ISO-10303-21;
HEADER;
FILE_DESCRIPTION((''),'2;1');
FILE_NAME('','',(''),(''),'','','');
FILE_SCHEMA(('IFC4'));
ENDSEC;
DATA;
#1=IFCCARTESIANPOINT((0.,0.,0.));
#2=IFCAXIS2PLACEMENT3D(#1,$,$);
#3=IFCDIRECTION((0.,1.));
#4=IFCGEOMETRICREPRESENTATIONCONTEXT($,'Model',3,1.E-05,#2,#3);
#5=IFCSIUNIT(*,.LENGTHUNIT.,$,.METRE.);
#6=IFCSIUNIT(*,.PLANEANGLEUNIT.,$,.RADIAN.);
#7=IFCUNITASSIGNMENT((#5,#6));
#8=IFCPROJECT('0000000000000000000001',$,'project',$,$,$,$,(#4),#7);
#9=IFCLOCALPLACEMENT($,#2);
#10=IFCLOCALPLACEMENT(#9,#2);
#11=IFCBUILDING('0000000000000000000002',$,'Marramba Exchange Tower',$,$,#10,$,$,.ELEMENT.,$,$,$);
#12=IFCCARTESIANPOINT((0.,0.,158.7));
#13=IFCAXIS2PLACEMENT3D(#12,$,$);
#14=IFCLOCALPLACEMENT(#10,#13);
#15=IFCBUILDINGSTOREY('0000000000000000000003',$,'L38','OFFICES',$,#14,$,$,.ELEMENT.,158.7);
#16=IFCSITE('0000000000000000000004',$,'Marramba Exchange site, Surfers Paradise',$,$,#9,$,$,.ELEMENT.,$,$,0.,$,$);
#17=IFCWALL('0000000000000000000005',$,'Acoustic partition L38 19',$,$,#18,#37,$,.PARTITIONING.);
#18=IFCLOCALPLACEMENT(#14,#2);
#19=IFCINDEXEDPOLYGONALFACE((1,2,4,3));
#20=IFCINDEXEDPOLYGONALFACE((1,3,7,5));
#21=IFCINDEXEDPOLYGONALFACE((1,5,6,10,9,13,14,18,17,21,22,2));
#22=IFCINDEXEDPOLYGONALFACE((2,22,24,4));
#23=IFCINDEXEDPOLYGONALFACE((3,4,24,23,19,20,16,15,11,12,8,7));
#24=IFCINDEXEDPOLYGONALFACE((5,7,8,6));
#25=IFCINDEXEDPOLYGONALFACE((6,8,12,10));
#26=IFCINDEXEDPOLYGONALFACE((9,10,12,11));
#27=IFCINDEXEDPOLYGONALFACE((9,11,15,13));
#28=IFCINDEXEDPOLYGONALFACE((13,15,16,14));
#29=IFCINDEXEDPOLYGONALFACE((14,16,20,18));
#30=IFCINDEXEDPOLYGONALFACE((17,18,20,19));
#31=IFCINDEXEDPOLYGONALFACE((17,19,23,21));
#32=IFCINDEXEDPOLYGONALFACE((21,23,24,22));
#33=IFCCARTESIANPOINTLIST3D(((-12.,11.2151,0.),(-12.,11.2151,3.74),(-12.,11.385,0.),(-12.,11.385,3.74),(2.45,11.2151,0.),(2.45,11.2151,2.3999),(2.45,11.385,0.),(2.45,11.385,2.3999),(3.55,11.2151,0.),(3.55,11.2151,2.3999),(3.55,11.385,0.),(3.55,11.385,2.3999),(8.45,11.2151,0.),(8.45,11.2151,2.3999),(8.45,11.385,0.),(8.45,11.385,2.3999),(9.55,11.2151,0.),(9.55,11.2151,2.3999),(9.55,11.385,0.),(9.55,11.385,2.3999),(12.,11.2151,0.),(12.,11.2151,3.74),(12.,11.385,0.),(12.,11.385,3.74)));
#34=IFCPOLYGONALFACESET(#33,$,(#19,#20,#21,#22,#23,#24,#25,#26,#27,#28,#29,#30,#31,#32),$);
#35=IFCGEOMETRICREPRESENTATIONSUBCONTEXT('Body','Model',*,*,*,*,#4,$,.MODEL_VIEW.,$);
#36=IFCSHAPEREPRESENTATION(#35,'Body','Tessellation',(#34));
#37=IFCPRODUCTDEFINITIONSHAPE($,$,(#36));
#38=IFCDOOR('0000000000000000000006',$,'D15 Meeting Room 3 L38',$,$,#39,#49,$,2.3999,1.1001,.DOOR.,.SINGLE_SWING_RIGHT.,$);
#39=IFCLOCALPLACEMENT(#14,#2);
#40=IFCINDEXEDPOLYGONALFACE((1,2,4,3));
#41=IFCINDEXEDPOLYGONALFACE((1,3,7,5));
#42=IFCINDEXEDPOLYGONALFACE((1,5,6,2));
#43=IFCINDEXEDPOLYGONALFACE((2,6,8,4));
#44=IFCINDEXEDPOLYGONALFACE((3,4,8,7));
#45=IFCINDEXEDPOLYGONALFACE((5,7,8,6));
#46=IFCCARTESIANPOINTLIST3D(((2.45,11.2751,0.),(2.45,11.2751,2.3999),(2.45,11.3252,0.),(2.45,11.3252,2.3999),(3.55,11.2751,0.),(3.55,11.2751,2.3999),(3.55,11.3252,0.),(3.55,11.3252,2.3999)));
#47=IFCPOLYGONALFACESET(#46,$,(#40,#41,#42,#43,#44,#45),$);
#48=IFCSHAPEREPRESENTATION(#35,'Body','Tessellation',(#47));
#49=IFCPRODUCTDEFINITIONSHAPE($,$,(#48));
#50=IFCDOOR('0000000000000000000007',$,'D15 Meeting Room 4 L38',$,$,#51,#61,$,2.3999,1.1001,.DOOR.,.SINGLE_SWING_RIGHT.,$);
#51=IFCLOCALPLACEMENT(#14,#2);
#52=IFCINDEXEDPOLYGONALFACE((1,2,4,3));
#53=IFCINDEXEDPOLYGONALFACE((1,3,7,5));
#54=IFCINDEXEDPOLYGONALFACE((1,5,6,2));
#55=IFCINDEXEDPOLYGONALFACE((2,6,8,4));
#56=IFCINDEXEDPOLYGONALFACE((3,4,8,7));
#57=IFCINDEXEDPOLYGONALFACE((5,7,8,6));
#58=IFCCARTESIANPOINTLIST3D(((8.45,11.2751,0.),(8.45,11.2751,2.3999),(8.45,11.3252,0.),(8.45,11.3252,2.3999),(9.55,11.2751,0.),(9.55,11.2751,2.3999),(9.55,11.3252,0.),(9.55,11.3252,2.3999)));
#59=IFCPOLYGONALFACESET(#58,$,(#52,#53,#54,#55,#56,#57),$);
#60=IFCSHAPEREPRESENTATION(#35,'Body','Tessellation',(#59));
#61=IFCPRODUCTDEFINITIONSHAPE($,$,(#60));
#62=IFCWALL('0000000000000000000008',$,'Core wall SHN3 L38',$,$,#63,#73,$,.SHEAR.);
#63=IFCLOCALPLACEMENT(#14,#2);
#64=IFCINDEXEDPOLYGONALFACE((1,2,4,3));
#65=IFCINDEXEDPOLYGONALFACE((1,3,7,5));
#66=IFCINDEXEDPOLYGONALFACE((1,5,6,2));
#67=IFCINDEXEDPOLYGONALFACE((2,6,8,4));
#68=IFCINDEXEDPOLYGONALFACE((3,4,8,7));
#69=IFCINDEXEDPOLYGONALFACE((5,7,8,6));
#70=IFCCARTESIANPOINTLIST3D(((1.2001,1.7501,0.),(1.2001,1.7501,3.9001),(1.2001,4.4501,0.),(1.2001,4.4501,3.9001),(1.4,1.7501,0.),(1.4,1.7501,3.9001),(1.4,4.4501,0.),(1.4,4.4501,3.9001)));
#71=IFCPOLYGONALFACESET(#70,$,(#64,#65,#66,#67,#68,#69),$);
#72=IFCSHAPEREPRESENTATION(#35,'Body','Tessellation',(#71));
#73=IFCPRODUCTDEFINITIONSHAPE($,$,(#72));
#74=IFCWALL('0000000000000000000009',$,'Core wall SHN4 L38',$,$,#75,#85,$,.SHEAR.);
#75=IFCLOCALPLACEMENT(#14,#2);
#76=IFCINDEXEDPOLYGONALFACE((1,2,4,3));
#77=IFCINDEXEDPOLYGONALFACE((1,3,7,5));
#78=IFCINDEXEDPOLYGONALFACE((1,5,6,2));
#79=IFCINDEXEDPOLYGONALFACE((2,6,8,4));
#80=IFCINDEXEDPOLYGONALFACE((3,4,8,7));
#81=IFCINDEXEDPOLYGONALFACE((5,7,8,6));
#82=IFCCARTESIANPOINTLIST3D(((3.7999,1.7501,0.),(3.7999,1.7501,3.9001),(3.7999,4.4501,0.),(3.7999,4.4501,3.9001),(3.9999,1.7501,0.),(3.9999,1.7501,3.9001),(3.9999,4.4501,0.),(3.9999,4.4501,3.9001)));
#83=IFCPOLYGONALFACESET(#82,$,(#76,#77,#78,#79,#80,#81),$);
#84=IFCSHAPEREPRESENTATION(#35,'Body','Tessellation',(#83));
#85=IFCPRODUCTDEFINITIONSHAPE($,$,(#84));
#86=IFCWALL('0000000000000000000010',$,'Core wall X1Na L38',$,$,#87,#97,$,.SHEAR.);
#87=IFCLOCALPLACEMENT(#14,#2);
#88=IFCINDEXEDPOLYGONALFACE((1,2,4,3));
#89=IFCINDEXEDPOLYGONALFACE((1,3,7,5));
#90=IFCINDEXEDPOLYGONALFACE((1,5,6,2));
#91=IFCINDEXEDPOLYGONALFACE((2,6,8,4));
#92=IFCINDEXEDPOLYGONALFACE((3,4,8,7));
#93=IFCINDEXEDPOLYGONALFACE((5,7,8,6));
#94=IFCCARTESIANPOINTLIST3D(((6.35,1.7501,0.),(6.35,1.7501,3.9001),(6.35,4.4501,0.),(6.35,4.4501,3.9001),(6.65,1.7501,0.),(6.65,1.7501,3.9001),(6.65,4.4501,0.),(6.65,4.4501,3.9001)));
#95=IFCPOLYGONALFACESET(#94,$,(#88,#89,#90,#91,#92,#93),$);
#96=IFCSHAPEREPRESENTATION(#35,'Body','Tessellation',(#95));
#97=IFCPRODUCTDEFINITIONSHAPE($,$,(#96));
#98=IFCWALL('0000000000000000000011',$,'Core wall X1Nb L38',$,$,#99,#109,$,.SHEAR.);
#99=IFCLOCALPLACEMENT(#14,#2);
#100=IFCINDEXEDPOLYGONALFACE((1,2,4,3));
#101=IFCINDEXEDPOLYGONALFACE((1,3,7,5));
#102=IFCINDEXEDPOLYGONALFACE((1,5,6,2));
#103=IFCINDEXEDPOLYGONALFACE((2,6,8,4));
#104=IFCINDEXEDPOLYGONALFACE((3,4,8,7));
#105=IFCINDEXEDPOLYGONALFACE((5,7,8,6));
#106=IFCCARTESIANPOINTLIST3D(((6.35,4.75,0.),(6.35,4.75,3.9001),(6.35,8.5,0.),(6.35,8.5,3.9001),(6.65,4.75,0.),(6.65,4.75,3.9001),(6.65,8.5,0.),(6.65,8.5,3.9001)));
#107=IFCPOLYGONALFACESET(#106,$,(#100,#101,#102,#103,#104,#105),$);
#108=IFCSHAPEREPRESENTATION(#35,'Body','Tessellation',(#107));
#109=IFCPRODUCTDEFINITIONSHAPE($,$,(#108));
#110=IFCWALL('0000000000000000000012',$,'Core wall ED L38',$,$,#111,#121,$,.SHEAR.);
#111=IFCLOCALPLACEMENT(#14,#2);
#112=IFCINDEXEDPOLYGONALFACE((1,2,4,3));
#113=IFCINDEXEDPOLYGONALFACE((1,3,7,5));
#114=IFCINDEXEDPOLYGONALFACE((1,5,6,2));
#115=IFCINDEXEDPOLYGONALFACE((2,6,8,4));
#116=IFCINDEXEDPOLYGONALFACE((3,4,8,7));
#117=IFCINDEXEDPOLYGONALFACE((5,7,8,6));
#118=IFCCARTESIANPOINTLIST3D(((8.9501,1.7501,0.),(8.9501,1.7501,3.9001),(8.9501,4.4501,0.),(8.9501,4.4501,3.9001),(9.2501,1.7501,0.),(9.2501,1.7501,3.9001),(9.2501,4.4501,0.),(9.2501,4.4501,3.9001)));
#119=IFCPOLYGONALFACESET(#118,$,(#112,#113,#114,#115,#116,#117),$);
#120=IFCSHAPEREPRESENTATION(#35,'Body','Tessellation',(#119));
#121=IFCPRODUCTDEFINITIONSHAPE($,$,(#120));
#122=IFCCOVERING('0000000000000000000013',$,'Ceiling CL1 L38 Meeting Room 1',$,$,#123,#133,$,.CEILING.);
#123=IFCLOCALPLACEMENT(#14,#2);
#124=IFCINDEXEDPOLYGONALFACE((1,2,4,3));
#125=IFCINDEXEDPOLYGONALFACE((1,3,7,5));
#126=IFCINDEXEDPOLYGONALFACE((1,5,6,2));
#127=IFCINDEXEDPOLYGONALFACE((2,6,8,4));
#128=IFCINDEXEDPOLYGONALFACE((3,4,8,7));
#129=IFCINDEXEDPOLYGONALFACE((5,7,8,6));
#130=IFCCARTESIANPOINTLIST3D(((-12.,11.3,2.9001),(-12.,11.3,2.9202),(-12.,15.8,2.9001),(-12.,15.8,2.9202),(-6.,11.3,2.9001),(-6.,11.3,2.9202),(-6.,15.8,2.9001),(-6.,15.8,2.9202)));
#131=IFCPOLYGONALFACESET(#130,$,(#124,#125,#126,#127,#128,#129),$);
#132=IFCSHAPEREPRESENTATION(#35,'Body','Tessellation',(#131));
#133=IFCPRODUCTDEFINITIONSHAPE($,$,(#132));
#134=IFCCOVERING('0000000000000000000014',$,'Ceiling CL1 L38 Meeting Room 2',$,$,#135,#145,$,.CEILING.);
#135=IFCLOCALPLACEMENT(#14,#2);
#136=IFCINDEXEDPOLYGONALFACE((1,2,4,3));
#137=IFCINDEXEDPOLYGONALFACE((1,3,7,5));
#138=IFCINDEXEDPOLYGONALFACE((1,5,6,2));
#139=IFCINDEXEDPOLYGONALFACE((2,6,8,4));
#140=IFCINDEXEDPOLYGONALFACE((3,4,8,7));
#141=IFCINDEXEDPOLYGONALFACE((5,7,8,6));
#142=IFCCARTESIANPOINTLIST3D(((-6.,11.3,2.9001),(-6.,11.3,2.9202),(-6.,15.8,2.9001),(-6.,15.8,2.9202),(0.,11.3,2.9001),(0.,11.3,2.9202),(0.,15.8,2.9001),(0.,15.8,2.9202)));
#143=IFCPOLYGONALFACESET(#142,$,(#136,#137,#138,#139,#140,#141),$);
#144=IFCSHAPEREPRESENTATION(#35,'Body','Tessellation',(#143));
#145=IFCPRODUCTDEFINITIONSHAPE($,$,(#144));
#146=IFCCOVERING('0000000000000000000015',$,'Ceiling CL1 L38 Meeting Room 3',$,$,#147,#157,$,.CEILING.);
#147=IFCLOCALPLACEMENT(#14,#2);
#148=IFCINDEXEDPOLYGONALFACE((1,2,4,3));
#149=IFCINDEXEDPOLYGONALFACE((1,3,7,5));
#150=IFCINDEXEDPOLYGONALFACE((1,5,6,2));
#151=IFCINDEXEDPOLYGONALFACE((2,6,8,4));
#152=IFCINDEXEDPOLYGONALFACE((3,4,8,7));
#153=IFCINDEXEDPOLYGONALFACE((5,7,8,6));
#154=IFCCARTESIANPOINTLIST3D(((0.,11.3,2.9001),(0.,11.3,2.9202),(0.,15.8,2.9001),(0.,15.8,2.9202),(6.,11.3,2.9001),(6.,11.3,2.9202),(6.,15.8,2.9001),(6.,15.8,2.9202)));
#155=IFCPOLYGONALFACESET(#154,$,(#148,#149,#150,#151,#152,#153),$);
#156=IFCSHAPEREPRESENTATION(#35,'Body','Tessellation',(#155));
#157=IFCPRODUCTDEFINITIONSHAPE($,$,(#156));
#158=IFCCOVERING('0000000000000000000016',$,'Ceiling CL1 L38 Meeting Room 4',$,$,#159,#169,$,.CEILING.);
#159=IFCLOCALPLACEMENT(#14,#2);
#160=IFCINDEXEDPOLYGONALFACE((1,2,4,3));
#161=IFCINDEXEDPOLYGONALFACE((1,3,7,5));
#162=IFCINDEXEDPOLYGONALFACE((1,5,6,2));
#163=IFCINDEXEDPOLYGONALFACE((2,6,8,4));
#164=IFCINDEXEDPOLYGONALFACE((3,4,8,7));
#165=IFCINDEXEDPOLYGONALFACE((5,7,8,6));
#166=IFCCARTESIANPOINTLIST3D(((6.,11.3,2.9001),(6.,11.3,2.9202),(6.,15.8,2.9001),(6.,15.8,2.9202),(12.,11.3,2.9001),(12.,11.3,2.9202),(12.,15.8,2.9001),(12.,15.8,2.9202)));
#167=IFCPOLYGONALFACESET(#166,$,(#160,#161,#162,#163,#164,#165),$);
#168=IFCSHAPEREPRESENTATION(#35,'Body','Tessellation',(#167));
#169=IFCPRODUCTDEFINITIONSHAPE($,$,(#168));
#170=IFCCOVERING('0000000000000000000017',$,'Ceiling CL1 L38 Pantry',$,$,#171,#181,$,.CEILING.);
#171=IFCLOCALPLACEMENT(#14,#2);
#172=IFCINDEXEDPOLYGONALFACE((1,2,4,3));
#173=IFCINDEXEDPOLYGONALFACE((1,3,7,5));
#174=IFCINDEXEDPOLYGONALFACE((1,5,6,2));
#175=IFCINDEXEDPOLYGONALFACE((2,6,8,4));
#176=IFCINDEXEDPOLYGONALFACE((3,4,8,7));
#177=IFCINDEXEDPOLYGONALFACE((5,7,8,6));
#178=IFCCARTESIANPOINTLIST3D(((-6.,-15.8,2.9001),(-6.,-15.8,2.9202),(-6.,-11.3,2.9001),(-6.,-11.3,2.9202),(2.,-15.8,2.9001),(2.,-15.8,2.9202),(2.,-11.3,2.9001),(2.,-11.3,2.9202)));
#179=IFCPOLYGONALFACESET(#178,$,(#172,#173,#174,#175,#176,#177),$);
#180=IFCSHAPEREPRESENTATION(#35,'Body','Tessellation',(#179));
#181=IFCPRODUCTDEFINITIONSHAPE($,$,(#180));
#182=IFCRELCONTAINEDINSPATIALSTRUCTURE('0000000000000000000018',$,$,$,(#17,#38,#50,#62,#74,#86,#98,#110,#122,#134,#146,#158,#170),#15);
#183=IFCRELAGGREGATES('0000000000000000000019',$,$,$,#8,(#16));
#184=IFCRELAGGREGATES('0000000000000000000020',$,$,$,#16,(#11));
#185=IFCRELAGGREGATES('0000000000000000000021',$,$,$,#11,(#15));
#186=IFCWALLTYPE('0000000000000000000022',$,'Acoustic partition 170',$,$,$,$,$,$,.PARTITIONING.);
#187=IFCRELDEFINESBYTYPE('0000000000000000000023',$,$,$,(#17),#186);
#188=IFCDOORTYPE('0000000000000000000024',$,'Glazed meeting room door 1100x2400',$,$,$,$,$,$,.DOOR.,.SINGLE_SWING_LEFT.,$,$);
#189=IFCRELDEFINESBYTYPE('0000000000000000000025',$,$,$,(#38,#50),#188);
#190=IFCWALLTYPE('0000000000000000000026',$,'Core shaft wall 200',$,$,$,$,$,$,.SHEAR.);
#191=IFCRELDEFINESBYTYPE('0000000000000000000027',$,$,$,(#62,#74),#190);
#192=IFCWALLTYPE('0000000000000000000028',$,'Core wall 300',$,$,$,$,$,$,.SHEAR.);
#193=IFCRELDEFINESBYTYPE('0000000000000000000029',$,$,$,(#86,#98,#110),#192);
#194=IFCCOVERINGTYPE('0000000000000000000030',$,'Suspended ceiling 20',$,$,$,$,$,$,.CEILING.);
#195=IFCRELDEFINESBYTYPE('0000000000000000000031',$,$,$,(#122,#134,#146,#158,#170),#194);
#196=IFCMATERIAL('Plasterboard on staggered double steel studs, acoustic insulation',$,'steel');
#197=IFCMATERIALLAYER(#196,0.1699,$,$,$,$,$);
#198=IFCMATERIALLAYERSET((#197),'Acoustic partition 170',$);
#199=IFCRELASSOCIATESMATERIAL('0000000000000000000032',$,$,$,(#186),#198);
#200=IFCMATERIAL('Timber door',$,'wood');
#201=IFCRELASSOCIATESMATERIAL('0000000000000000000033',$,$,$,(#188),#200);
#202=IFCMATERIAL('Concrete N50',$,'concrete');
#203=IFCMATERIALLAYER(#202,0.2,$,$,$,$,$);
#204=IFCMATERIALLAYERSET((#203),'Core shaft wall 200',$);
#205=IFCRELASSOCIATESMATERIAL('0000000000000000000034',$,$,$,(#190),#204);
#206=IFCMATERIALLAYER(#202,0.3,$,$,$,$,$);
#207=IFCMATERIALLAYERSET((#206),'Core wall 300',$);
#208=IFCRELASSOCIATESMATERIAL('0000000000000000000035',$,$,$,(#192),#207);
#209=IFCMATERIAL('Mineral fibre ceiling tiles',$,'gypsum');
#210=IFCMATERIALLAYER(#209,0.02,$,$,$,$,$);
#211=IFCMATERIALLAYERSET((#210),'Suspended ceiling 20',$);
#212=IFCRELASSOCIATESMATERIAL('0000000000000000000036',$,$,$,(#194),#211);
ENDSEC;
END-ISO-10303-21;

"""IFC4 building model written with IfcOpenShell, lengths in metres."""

from ifc_helpers import new_model, si_unit, direction, frame, frame_2d, origin, place, context, subcontext, project, spatial, polyline, rectangle, outline, extrude, material, layer, layer_set, type_object, element, fill, save


model = new_model("IFC4")

# Units and contexts
model_context = context("Model", 3, precision=1e-05, world=origin(), true_north=direction((0.0, 1.0)))
body_context = subcontext(model_context, "Body", "Model", "MODEL_VIEW")
ifc_project = project(units=[si_unit("LENGTHUNIT", "METRE"), si_unit("PLANEANGLEUNIT", "RADIAN")], contexts=[model_context])

# Site, building, storey
site_placement = place(None, origin())
site = spatial("IfcSite", under=ifc_project, at=site_placement, Name="Marramba Exchange site, Surfers Paradise", CompositionType="ELEMENT", RefElevation=0.0)
building_placement = place(site_placement, origin())
building = spatial("IfcBuilding", under=site, at=building_placement, Name="Marramba Exchange Tower", CompositionType="ELEMENT")
storey_placement = place(building_placement, frame((0.0, 0.0, 158.7)))
storey = spatial("IfcBuildingStorey", under=building, at=storey_placement, Name="L38", Description="OFFICES", CompositionType="ELEMENT", Elevation=158.7)

# Shared definitions
ifc_material_1 = material(Name="Plasterboard on staggered double steel studs, acoustic insulation", Category="steel")
ifc_layer_1 = layer(ifc_material_1, 0.1699)
ifc_layer_set_1 = layer_set([ifc_layer_1], Name="Acoustic partition 170")
wall_type_1 = type_object("IfcWallType", Name="Acoustic partition 170", PredefinedType="PARTITIONING", material=ifc_layer_set_1)

# Wall, openings, doors
wall_1_placement = place(storey_placement, frame((12.0, 11.3, 0.0), z_axis=(0.0, 0.0, 1.0), x_axis=(-1.0, 0.0, 0.0)))
wall_1 = element("IfcWall", 1, at=wall_1_placement, inside=storey, type_object=wall_type_1, Name="Acoustic partition L38 19", PredefinedType="PARTITIONING", context=body_context, shape_type="SweptSolid", body=[
    extrude(rectangle(XDim=24.0, YDim=0.1699, at=frame_2d((12.0, 0.0))), origin(), (0.0, 0.0, 1.0), 3.74),
])
opening_1_placement = place(wall_1_placement, frame((8.45, 0.0, 0.0)))
opening_1 = element("IfcOpeningElement", 2, at=opening_1_placement, cuts=wall_1, PredefinedType="OPENING", context=body_context, shape_type="SweptSolid", body=[
    extrude(rectangle(XDim=1.1001, YDim=2.3999, at=frame_2d((0.55, 1.2))), frame((0.0, 0.095, 0.0), z_axis=(0.0, -1.0, 0.0), x_axis=(1.0, 0.0, 0.0)), (0.0, 0.0, 1.0), 0.1899),
])
opening_2_placement = place(wall_1_placement, frame((2.45, 0.0, 0.0)))
opening_2 = element("IfcOpeningElement", 3, at=opening_2_placement, cuts=wall_1, PredefinedType="OPENING", context=body_context, shape_type="SweptSolid", body=[
    extrude(rectangle(XDim=1.1001, YDim=2.3999, at=frame_2d((0.55, 1.2))), frame((0.0, 0.095, 0.0), z_axis=(0.0, -1.0, 0.0), x_axis=(1.0, 0.0, 0.0)), (0.0, 0.0, 1.0), 0.1899),
])
ifc_material_2 = material(Name="Timber door", Category="wood")
door_type_1 = type_object("IfcDoorType", Name="Glazed meeting room door 1100x2400", OperationType="SINGLE_SWING_LEFT", PredefinedType="DOOR", material=ifc_material_2)
door_1_placement = place(opening_1_placement, frame((1.1001, 0.0, 0.0), z_axis=(0.0, 0.0, 1.0), x_axis=(-1.0, 0.0, 0.0)))
door_1 = element("IfcDoor", 4, at=door_1_placement, inside=storey, type_object=door_type_1, Name="D15 Meeting Room 3 L38", OperationType="SINGLE_SWING_RIGHT", OverallHeight=2.3999, OverallWidth=1.1001, PredefinedType="DOOR", context=body_context, shape_type="SweptSolid", body=[
    extrude(rectangle(XDim=1.1001, YDim=2.3999, at=frame_2d((0.55, 1.2))), frame((0.0, 0.0251, 0.0), z_axis=(0.0, -1.0, 0.0), x_axis=(1.0, 0.0, 0.0)), (0.0, 0.0, 1.0), 0.05),
])
fill(opening_1, door_1)
door_2_placement = place(opening_2_placement, frame((1.1001, 0.0, 0.0), z_axis=(0.0, 0.0, 1.0), x_axis=(-1.0, 0.0, 0.0)))
door_2 = element("IfcDoor", 5, at=door_2_placement, inside=storey, type_object=door_type_1, Name="D15 Meeting Room 4 L38", OperationType="SINGLE_SWING_RIGHT", OverallHeight=2.3999, OverallWidth=1.1001, PredefinedType="DOOR", context=body_context, shape_type="SweptSolid", body=[
    extrude(rectangle(XDim=1.1001, YDim=2.3999, at=frame_2d((0.55, 1.2))), frame((0.0, 0.0251, 0.0), z_axis=(0.0, -1.0, 0.0), x_axis=(1.0, 0.0, 0.0)), (0.0, 0.0, 1.0), 0.05),
])
fill(opening_2, door_2)

# Walls
ifc_material_3 = material(Name="Concrete N50", Category="concrete")
ifc_layer_2 = layer(ifc_material_3, 0.2)
ifc_layer_set_2 = layer_set([ifc_layer_2], Name="Core shaft wall 200")
wall_type_2 = type_object("IfcWallType", Name="Core shaft wall 200", PredefinedType="SHEAR", material=ifc_layer_set_2)
for number, where, z_axis, x_axis, name in (
    (6, (1.3, 1.75, 0.0), (0.0, 0.0, 1.0), (0.0, 1.0, 0.0), "Core wall SHN3 L38"),
    (7, (3.8999, 1.75, 0.0), (0.0, 0.0, 1.0), (0.0, 1.0, 0.0), "Core wall SHN4 L38"),
):
    element("IfcWall", number, at=place(storey_placement, frame(where, z_axis=z_axis, x_axis=x_axis)), inside=storey, type_object=wall_type_2, Name=name, PredefinedType="SHEAR", context=body_context, shape_type="SweptSolid", body=[
        extrude(rectangle(XDim=2.7, YDim=0.2, at=frame_2d((1.3501, 0.0))), origin(), (0.0, 0.0, 1.0), 3.9001),
    ])

# Walls
ifc_layer_3 = layer(ifc_material_3, 0.3)
ifc_layer_set_3 = layer_set([ifc_layer_3], Name="Core wall 300")
wall_type_3 = type_object("IfcWallType", Name="Core wall 300", PredefinedType="SHEAR", material=ifc_layer_set_3)
wall_2_placement = place(storey_placement, frame((6.5, 1.75, 0.0), z_axis=(0.0, 0.0, 1.0), x_axis=(0.0, 1.0, 0.0)))
element("IfcWall", 8, at=wall_2_placement, inside=storey, type_object=wall_type_3, Name="Core wall X1Na L38", PredefinedType="SHEAR", context=body_context, shape_type="SweptSolid", body=[
    extrude(rectangle(XDim=2.7, YDim=0.3, at=frame_2d((1.3501, 0.0))), origin(), (0.0, 0.0, 1.0), 3.9001),
])
wall_3_placement = place(storey_placement, frame((6.5, 4.75, 0.0), z_axis=(0.0, 0.0, 1.0), x_axis=(0.0, 1.0, 0.0)))
element("IfcWall", 9, at=wall_3_placement, inside=storey, type_object=wall_type_3, Name="Core wall X1Nb L38", PredefinedType="SHEAR", context=body_context, shape_type="SweptSolid", body=[
    extrude(rectangle(XDim=3.75, YDim=0.3, at=frame_2d((1.875, 0.0))), origin(), (0.0, 0.0, 1.0), 3.9001),
])
wall_4_placement = place(storey_placement, frame((9.1001, 1.75, 0.0), z_axis=(0.0, 0.0, 1.0), x_axis=(0.0, 1.0, 0.0)))
element("IfcWall", 10, at=wall_4_placement, inside=storey, type_object=wall_type_3, Name="Core wall ED L38", PredefinedType="SHEAR", context=body_context, shape_type="SweptSolid", body=[
    extrude(rectangle(XDim=2.7, YDim=0.3, at=frame_2d((1.3501, 0.0))), origin(), (0.0, 0.0, 1.0), 3.9001),
])

# Coverings
ifc_material_4 = material(Name="Mineral fibre ceiling tiles", Category="gypsum")
ifc_layer_4 = layer(ifc_material_4, 0.02)
ifc_layer_set_4 = layer_set([ifc_layer_4], Name="Suspended ceiling 20")
covering_type = type_object("IfcCoveringType", Name="Suspended ceiling 20", PredefinedType="CEILING", material=ifc_layer_set_4)
covering_1_placement = place(storey_placement, frame((0.0, 0.0, 2.9001)))
element("IfcCovering", 11, at=covering_1_placement, inside=storey, type_object=covering_type, Name="Ceiling CL1 L38 Meeting Room 1", PredefinedType="CEILING", context=body_context, shape_type="SweptSolid", body=[
    extrude(outline(polyline([(-6.0, 11.3), (-12.0, 11.3), (-12.0, 15.8), (-6.0, 15.8), (-6.0, 11.3)])), origin(), (0.0, 0.0, 1.0), 0.02),
])
covering_2_placement = place(storey_placement, frame((0.0, 0.0, 2.9001)))
element("IfcCovering", 12, at=covering_2_placement, inside=storey, type_object=covering_type, Name="Ceiling CL1 L38 Meeting Room 2", PredefinedType="CEILING", context=body_context, shape_type="SweptSolid", body=[
    extrude(outline(polyline([(0.0, 11.3), (-6.0, 11.3), (-6.0, 15.8), (0.0, 15.8), (0.0, 11.3)])), origin(), (0.0, 0.0, 1.0), 0.02),
])
covering_3_placement = place(storey_placement, frame((0.0, 0.0, 2.9001)))
element("IfcCovering", 13, at=covering_3_placement, inside=storey, type_object=covering_type, Name="Ceiling CL1 L38 Meeting Room 3", PredefinedType="CEILING", context=body_context, shape_type="SweptSolid", body=[
    extrude(outline(polyline([(6.0, 11.3), (0.0, 11.3), (0.0, 15.8), (6.0, 15.8), (6.0, 11.3)])), origin(), (0.0, 0.0, 1.0), 0.02),
])
covering_4_placement = place(storey_placement, frame((0.0, 0.0, 2.9001)))
element("IfcCovering", 14, at=covering_4_placement, inside=storey, type_object=covering_type, Name="Ceiling CL1 L38 Meeting Room 4", PredefinedType="CEILING", context=body_context, shape_type="SweptSolid", body=[
    extrude(outline(polyline([(12.0, 11.3), (6.0, 11.3), (6.0, 15.8), (12.0, 15.8), (12.0, 11.3)])), origin(), (0.0, 0.0, 1.0), 0.02),
])
covering_5_placement = place(storey_placement, frame((0.0, 0.0, 2.9001)))
element("IfcCovering", 15, at=covering_5_placement, inside=storey, type_object=covering_type, Name="Ceiling CL1 L38 Pantry", PredefinedType="CEILING", context=body_context, shape_type="SweptSolid", body=[
    extrude(outline(polyline([(2.0, -15.8), (-6.0, -15.8), (-6.0, -11.3), (2.0, -11.3), (2.0, -15.8)])), origin(), (0.0, 0.0, 1.0), 0.02),
])

save(model, "model.ifc")
